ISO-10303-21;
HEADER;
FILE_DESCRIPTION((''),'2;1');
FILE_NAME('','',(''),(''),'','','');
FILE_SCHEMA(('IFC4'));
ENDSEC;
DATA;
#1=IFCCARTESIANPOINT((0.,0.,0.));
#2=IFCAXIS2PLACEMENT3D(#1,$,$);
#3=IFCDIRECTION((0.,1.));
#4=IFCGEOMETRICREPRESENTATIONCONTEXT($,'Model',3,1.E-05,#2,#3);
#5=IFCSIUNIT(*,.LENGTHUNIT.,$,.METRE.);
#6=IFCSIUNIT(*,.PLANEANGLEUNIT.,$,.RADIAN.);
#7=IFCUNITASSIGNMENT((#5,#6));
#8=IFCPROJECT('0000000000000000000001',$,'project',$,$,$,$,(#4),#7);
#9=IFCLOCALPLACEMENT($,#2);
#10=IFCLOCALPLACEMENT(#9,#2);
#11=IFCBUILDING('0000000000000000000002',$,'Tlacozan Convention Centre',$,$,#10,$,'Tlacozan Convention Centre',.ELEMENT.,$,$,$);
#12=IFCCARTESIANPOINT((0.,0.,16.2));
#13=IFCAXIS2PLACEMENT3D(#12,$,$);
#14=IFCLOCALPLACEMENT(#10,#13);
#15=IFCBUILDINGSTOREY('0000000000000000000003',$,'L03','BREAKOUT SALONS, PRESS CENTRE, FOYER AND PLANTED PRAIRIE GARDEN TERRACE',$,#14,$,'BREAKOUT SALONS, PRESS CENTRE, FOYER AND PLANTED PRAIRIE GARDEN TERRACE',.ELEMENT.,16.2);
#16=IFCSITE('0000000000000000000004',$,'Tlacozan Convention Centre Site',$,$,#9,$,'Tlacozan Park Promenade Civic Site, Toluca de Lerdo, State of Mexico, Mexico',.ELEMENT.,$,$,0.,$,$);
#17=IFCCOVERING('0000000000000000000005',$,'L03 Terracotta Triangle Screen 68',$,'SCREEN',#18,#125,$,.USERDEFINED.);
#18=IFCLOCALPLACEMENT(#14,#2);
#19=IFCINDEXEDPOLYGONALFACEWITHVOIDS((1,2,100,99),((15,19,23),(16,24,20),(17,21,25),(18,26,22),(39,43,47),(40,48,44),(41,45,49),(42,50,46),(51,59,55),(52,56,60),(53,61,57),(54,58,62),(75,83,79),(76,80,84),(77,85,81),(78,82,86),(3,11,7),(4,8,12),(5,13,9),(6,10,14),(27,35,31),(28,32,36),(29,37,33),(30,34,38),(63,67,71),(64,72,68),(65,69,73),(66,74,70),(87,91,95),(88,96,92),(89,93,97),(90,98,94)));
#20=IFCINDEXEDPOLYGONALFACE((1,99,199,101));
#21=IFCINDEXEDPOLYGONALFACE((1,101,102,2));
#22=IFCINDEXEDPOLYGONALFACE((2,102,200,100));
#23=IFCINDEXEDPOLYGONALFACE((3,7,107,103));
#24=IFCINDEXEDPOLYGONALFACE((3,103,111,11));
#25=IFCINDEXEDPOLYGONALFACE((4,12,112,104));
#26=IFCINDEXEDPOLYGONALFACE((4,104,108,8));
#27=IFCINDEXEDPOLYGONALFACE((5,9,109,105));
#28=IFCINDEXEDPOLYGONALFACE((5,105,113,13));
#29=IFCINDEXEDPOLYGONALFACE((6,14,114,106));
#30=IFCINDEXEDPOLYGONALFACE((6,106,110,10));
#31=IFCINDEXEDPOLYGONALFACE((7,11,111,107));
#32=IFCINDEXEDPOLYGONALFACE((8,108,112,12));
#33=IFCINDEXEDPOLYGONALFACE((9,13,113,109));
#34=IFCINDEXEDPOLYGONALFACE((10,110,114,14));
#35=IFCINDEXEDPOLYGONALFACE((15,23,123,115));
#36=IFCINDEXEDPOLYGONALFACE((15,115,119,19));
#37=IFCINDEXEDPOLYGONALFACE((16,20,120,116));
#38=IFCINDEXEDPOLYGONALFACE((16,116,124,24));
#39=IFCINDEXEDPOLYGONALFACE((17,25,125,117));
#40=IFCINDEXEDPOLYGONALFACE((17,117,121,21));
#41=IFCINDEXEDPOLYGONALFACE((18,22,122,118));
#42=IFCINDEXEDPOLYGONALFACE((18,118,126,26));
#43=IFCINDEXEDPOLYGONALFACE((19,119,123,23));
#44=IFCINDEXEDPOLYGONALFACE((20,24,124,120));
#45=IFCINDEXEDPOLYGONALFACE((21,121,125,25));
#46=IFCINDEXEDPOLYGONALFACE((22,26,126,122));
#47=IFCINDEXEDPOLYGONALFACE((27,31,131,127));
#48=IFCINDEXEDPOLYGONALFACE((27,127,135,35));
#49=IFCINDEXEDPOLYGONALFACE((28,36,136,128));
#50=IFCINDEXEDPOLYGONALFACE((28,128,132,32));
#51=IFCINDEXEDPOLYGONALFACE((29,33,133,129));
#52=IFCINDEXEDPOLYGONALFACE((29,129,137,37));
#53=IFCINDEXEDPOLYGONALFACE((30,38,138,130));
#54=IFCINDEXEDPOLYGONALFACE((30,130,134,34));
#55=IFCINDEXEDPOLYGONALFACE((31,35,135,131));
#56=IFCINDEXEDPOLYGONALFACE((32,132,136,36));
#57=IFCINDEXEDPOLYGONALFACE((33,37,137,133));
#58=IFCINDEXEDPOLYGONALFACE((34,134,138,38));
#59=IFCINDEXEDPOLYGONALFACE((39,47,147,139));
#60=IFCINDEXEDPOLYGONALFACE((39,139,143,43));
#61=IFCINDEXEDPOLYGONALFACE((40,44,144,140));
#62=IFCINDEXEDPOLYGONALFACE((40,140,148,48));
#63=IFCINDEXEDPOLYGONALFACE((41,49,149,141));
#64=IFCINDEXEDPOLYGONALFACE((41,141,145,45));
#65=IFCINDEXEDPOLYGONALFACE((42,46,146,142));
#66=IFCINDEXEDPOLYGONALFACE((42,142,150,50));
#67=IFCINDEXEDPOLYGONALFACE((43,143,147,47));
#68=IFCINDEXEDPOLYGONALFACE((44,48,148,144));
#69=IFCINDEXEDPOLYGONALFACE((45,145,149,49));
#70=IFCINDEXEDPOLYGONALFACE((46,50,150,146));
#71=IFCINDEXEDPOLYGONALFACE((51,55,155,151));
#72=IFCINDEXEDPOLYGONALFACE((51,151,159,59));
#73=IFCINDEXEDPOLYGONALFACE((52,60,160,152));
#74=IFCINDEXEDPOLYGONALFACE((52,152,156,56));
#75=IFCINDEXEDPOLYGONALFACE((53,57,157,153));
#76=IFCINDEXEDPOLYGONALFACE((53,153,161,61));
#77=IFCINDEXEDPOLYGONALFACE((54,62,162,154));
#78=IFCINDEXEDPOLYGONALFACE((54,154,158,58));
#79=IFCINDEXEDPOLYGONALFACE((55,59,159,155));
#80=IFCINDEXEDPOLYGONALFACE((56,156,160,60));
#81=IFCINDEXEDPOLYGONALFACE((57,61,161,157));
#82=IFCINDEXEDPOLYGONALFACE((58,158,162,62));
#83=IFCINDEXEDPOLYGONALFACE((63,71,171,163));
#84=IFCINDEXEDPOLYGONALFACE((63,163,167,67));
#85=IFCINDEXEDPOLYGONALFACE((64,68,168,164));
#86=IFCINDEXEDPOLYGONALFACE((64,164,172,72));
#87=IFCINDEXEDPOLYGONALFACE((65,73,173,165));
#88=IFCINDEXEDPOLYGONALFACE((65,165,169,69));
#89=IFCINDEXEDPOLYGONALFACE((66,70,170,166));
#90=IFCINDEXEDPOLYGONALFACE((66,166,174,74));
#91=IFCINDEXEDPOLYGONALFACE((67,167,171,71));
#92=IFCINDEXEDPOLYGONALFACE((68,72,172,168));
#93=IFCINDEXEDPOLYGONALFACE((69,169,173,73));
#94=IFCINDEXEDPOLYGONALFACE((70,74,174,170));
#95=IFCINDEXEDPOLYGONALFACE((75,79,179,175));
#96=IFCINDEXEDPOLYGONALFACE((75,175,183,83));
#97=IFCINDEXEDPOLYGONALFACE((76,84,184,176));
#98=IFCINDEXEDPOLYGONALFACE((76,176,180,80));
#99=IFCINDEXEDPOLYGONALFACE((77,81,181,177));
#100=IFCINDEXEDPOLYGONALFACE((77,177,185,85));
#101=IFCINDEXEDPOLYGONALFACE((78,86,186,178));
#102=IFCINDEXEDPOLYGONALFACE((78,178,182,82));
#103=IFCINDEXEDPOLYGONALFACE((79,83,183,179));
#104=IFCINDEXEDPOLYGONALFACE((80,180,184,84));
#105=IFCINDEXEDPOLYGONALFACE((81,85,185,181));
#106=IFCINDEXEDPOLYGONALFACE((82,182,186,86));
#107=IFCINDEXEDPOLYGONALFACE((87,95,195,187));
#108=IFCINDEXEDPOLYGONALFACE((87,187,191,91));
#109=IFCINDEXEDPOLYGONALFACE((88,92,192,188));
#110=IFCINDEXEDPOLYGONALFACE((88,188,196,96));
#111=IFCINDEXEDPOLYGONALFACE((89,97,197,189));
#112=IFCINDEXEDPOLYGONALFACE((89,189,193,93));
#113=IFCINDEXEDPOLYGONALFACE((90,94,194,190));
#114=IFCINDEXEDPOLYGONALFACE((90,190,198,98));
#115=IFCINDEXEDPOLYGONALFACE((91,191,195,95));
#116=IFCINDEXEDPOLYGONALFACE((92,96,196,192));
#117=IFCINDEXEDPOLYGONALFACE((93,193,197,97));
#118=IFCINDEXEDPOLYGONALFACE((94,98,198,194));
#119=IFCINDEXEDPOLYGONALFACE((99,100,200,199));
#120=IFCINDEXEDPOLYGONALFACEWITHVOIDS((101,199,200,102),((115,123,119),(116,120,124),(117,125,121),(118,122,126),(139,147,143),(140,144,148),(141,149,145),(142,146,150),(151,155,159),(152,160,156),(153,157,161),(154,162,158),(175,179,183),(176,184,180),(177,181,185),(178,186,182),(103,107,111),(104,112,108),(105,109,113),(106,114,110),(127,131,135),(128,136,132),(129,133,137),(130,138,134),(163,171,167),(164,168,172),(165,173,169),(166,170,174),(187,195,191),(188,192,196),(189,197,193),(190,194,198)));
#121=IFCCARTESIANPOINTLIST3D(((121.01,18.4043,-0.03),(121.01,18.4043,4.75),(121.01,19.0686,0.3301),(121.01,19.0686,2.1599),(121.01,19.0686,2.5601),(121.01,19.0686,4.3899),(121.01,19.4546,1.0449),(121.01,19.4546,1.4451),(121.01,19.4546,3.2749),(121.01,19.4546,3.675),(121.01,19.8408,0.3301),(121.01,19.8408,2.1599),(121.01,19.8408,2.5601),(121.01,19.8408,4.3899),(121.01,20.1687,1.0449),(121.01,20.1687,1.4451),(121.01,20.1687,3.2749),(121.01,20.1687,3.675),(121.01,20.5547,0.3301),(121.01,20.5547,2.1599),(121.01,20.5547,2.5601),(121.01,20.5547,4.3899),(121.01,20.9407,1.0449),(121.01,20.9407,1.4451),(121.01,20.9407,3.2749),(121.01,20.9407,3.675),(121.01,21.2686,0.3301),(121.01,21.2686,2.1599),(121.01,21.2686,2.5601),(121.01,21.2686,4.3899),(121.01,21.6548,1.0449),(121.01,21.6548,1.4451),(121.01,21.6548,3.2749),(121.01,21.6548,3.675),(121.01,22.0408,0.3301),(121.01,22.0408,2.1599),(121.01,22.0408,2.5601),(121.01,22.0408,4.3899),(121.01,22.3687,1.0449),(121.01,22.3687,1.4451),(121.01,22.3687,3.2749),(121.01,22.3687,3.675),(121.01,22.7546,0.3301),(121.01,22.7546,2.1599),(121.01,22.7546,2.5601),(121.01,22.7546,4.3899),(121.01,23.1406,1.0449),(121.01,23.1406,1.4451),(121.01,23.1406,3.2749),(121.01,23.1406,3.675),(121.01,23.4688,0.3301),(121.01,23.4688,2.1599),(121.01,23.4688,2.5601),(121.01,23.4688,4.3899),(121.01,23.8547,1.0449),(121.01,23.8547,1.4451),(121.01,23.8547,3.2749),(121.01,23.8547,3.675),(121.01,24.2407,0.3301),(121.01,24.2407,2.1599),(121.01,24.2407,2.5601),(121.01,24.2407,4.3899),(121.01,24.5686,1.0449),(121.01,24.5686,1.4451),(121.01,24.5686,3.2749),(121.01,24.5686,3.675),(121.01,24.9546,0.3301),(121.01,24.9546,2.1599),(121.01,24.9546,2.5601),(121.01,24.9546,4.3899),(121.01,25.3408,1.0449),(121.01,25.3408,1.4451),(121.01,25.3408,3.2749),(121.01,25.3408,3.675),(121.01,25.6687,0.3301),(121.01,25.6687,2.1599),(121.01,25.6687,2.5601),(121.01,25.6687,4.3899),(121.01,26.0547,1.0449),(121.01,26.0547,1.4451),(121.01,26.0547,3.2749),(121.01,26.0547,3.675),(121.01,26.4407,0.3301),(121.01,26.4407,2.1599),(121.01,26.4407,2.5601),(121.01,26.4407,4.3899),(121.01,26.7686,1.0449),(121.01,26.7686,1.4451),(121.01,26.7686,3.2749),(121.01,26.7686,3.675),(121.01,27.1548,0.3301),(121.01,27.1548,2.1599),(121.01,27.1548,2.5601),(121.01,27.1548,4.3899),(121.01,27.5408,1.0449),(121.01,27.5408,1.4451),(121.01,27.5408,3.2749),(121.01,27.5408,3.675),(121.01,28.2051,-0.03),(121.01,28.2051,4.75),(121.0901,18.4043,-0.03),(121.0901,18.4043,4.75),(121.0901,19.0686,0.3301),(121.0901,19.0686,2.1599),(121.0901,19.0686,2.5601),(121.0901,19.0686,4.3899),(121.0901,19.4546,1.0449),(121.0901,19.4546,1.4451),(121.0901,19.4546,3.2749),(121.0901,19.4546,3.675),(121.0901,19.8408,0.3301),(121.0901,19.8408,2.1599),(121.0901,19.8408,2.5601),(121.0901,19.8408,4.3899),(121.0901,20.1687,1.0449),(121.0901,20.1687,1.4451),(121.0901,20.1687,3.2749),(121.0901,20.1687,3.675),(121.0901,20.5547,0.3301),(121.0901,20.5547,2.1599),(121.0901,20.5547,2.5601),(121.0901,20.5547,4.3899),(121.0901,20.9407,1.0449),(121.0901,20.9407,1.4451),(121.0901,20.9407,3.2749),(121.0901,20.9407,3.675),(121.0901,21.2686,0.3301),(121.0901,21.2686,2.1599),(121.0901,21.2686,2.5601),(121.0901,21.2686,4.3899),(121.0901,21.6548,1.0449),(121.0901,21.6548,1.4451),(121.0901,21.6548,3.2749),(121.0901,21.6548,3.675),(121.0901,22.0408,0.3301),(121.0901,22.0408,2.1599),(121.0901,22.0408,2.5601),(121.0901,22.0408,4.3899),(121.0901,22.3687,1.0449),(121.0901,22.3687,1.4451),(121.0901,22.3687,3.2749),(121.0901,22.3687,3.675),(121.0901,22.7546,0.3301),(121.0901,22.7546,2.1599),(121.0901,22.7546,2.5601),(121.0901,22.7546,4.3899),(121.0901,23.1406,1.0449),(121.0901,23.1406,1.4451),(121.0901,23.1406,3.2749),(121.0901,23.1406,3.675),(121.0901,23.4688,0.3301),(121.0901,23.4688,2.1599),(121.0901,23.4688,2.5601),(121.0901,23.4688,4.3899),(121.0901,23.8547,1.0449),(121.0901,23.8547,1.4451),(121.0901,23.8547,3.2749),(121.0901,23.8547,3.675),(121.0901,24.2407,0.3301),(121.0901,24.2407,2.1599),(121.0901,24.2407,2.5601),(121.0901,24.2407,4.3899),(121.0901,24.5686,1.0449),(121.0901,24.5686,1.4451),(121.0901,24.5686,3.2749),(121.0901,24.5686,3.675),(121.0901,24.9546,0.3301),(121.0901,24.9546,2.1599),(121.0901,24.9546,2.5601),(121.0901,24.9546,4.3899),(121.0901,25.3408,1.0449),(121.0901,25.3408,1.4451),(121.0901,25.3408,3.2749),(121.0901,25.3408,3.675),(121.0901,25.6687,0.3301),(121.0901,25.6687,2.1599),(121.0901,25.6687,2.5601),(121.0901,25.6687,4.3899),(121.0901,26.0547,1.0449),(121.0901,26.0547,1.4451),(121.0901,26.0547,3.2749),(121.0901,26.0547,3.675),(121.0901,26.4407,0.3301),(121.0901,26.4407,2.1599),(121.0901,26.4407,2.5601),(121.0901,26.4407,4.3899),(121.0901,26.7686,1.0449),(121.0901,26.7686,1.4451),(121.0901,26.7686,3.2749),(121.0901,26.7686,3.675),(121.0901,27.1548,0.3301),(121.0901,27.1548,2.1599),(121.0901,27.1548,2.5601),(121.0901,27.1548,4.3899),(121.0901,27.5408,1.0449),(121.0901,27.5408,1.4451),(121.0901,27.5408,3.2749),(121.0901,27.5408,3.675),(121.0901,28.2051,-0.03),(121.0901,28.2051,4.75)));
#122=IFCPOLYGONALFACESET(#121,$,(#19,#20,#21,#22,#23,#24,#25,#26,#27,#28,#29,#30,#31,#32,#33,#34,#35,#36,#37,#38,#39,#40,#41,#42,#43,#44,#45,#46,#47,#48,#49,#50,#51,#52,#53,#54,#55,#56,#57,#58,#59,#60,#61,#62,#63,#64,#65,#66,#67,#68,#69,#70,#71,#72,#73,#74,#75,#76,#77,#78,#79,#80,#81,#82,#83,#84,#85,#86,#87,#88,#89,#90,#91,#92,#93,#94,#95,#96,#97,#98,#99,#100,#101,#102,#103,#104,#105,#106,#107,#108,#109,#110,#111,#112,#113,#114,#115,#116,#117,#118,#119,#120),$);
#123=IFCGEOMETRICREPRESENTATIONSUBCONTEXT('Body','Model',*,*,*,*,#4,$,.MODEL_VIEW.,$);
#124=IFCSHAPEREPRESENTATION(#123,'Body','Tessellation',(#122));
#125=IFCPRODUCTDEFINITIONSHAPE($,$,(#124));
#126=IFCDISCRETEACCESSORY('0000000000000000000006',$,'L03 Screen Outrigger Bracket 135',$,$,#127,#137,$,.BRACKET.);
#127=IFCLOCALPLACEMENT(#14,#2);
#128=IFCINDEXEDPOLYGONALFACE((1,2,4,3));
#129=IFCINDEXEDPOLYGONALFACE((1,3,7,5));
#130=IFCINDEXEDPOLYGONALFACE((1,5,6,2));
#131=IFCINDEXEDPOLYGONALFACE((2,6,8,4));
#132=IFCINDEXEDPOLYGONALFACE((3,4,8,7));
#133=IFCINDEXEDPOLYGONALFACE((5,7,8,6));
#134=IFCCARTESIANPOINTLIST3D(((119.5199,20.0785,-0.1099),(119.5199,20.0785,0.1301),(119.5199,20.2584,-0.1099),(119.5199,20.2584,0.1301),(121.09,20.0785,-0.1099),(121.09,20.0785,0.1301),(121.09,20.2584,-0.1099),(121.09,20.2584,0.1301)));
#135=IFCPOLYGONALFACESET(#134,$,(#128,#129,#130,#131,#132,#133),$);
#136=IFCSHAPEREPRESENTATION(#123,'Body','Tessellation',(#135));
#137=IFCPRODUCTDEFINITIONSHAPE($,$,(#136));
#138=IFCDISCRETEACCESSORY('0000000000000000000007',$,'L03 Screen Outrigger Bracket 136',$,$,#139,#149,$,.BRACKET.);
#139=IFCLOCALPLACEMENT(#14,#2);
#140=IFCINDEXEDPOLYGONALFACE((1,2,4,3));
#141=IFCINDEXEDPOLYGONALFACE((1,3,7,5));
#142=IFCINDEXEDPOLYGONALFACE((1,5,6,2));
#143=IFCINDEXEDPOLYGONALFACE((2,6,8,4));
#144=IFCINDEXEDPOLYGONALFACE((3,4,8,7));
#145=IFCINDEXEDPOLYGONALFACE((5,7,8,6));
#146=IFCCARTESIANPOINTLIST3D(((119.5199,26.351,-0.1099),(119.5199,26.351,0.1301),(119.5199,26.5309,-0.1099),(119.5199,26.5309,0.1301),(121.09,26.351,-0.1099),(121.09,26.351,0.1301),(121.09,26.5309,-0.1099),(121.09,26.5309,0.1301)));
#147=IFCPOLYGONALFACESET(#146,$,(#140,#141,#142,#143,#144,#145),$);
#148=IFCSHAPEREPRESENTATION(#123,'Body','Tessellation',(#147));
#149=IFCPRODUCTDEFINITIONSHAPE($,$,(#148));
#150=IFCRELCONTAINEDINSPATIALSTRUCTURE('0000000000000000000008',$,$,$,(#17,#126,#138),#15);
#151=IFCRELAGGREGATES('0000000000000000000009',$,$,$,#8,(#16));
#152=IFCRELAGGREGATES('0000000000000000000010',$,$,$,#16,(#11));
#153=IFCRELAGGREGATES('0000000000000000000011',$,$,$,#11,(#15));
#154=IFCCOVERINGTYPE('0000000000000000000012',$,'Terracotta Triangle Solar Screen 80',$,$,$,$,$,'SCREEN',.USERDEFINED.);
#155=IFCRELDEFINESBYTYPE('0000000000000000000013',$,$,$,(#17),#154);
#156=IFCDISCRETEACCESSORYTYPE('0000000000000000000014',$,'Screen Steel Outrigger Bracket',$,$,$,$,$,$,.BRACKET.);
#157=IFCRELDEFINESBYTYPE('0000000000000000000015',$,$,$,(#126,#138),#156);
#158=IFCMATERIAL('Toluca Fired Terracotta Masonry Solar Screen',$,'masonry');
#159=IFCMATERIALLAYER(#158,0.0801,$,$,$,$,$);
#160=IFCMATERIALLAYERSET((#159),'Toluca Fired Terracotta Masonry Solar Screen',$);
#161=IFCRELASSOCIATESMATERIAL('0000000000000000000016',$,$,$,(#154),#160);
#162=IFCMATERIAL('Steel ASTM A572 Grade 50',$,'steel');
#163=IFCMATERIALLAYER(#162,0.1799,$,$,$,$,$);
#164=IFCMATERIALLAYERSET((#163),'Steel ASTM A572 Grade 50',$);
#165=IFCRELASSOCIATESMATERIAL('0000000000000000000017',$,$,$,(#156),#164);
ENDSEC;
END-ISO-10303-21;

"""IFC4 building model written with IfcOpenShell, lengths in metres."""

from ifc_helpers import new_model, si_unit, direction, frame, origin, origin_2d, place, context, subcontext, project, spatial, polyline, rectangle, outline, extrude, material, layer, layer_set, type_object, element, save


model = new_model("IFC4")

# Units and contexts
model_context = context("Model", 3, precision=1e-05, world=origin(), true_north=direction((0.0, 1.0)))
body_context = subcontext(model_context, "Body", "Model", "MODEL_VIEW")
ifc_project = project(units=[si_unit("LENGTHUNIT", "METRE"), si_unit("PLANEANGLEUNIT", "RADIAN")], contexts=[model_context])

# Site, building, storey
site_placement = place(None, origin())
site = spatial("IfcSite", under=ifc_project, at=site_placement, Name="Tlacozan Convention Centre Site", LongName="Tlacozan Park Promenade Civic Site, Toluca de Lerdo, State of Mexico, Mexico", CompositionType="ELEMENT", RefElevation=0.0)
building_placement = place(site_placement, origin())
building = spatial("IfcBuilding", under=site, at=building_placement, Name="Tlacozan Convention Centre", LongName="Tlacozan Convention Centre", CompositionType="ELEMENT")
storey_placement = place(building_placement, frame((0.0, 0.0, 16.2)))
storey = spatial("IfcBuildingStorey", under=building, at=storey_placement, Name="L03", Description="BREAKOUT SALONS, PRESS CENTRE, FOYER AND PLANTED PRAIRIE GARDEN TERRACE", LongName="BREAKOUT SALONS, PRESS CENTRE, FOYER AND PLANTED PRAIRIE GARDEN TERRACE", CompositionType="ELEMENT", Elevation=16.2)

# Covering
ifc_material_1 = material(Name="Toluca Fired Terracotta Masonry Solar Screen", Category="masonry")
ifc_layer_1 = layer(ifc_material_1, 0.0801)
ifc_layer_set_1 = layer_set([ifc_layer_1], Name="Toluca Fired Terracotta Masonry Solar Screen")
covering_type = type_object("IfcCoveringType", Name="Terracotta Triangle Solar Screen 80", ElementType="SCREEN", PredefinedType="USERDEFINED", material=ifc_layer_set_1)
covering_placement = place(storey_placement, frame((121.05, 18.4043, -0.03), z_axis=(0.0, 0.0, 1.0), x_axis=(0.0, 1.0, 0.0)))
element("IfcCovering", 1, at=covering_placement, inside=storey, type_object=covering_type, Name="L03 Terracotta Triangle Screen 68", ObjectType="SCREEN", PredefinedType="USERDEFINED", context=body_context, shape_type="SweptSolid", body=[
    extrude(outline(polyline([(0.0, 0.0), (9.8008, 0.0), (9.8008, 4.78), (0.0, 4.78), (0.0, 0.0)]), holes=[polyline([(0.6643, 0.3601), (1.4365, 0.3601), (1.0503, 1.075), (0.6643, 0.3601)]), polyline([(1.7644, 1.075), (2.5364, 1.075), (2.1504, 0.3601), (1.7644, 1.075)]), polyline([(2.8643, 0.3601), (3.6365, 0.3601), (3.2505, 1.075), (2.8643, 0.3601)]), polyline([(3.9644, 1.075), (4.7363, 1.075), (4.3503, 0.3601), (3.9644, 1.075)]), polyline([(5.0645, 0.3601), (5.8364, 0.3601), (5.4504, 1.075), (5.0645, 0.3601)]), polyline([(6.1643, 1.075), (6.9365, 1.075), (6.5503, 0.3601), (6.1643, 1.075)]), polyline([(7.2644, 0.3601), (8.0364, 0.3601), (7.6504, 1.075), (7.2644, 0.3601)]), polyline([(8.3643, 1.075), (9.1365, 1.075), (8.7505, 0.3601), (8.3643, 1.075)]), polyline([(0.6643, 2.1899), (1.4365, 2.1899), (1.0503, 1.4751), (0.6643, 2.1899)]), polyline([(1.7644, 1.4751), (2.5364, 1.4751), (2.1504, 2.1899), (1.7644, 1.4751)]), polyline([(2.8643, 2.1899), (3.6365, 2.1899), (3.2505, 1.4751), (2.8643, 2.1899)]), polyline([(3.9644, 1.4751), (4.7363, 1.4751), (4.3503, 2.1899), (3.9644, 1.4751)]), polyline([(5.0645, 2.1899), (5.8364, 2.1899), (5.4504, 1.4751), (5.0645, 2.1899)]), polyline([(6.1643, 1.4751), (6.9365, 1.4751), (6.5503, 2.1899), (6.1643, 1.4751)]), polyline([(7.2644, 2.1899), (8.0364, 2.1899), (7.6504, 1.4751), (7.2644, 2.1899)]), polyline([(8.3643, 1.4751), (9.1365, 1.4751), (8.7505, 2.1899), (8.3643, 1.4751)]), polyline([(0.6643, 2.5901), (1.4365, 2.5901), (1.0503, 3.3049), (0.6643, 2.5901)]), polyline([(1.7644, 3.3049), (2.5364, 3.3049), (2.1504, 2.5901), (1.7644, 3.3049)]), polyline([(2.8643, 2.5901), (3.6365, 2.5901), (3.2505, 3.3049), (2.8643, 2.5901)]), polyline([(3.9644, 3.3049), (4.7363, 3.3049), (4.3503, 2.5901), (3.9644, 3.3049)]), polyline([(5.0645, 2.5901), (5.8364, 2.5901), (5.4504, 3.3049), (5.0645, 2.5901)]), polyline([(6.1643, 3.3049), (6.9365, 3.3049), (6.5503, 2.5901), (6.1643, 3.3049)]), polyline([(7.2644, 2.5901), (8.0364, 2.5901), (7.6504, 3.3049), (7.2644, 2.5901)]), polyline([(8.3643, 3.3049), (9.1365, 3.3049), (8.7505, 2.5901), (8.3643, 3.3049)]), polyline([(0.6643, 4.4199), (1.4365, 4.4199), (1.0503, 3.7051), (0.6643, 4.4199)]), polyline([(1.7644, 3.7051), (2.5364, 3.7051), (2.1504, 4.4199), (1.7644, 3.7051)]), polyline([(2.8643, 4.4199), (3.6365, 4.4199), (3.2505, 3.7051), (2.8643, 4.4199)]), polyline([(3.9644, 3.7051), (4.7363, 3.7051), (4.3503, 4.4199), (3.9644, 3.7051)]), polyline([(5.0645, 4.4199), (5.8364, 4.4199), (5.4504, 3.7051), (5.0645, 4.4199)]), polyline([(6.1643, 3.7051), (6.9365, 3.7051), (6.5503, 4.4199), (6.1643, 3.7051)]), polyline([(7.2644, 4.4199), (8.0364, 4.4199), (7.6504, 3.7051), (7.2644, 4.4199)]), polyline([(8.3643, 3.7051), (9.1365, 3.7051), (8.7505, 4.4199), (8.3643, 3.7051)])]), frame((0.0, 0.04, 0.0), z_axis=(0.0, -1.0, 0.0), x_axis=(1.0, 0.0, 0.0)), (0.0, 0.0, 1.0), 0.0801),
])

# Discrete accessories
ifc_material_2 = material(Name="Steel ASTM A572 Grade 50", Category="steel")
ifc_layer_2 = layer(ifc_material_2, 0.1799)
ifc_layer_set_2 = layer_set([ifc_layer_2], Name="Steel ASTM A572 Grade 50")
discrete_accessory_type = type_object("IfcDiscreteAccessoryType", Name="Screen Steel Outrigger Bracket", PredefinedType="BRACKET", material=ifc_layer_set_2)
for number, where, z_axis, x_axis, name in (
    (2, (120.3049, 20.1685, -0.1099), (0.0, 0.0, 1.0), (-1.0, 0.0, 0.0), "L03 Screen Outrigger Bracket 135"),
    (3, (120.3049, 26.4409, -0.1099), (0.0, 0.0, 1.0), (-1.0, 0.0, 0.0), "L03 Screen Outrigger Bracket 136"),
):
    element("IfcDiscreteAccessory", number, at=place(storey_placement, frame(where, z_axis=z_axis, x_axis=x_axis)), inside=storey, type_object=discrete_accessory_type, Name=name, PredefinedType="BRACKET", context=body_context, shape_type="SweptSolid", body=[
        extrude(rectangle(XDim=1.5701, YDim=0.1799, at=origin_2d()), origin(), (0.0, 0.0, 1.0), 0.24),
    ])

save(model, "model.ifc")
